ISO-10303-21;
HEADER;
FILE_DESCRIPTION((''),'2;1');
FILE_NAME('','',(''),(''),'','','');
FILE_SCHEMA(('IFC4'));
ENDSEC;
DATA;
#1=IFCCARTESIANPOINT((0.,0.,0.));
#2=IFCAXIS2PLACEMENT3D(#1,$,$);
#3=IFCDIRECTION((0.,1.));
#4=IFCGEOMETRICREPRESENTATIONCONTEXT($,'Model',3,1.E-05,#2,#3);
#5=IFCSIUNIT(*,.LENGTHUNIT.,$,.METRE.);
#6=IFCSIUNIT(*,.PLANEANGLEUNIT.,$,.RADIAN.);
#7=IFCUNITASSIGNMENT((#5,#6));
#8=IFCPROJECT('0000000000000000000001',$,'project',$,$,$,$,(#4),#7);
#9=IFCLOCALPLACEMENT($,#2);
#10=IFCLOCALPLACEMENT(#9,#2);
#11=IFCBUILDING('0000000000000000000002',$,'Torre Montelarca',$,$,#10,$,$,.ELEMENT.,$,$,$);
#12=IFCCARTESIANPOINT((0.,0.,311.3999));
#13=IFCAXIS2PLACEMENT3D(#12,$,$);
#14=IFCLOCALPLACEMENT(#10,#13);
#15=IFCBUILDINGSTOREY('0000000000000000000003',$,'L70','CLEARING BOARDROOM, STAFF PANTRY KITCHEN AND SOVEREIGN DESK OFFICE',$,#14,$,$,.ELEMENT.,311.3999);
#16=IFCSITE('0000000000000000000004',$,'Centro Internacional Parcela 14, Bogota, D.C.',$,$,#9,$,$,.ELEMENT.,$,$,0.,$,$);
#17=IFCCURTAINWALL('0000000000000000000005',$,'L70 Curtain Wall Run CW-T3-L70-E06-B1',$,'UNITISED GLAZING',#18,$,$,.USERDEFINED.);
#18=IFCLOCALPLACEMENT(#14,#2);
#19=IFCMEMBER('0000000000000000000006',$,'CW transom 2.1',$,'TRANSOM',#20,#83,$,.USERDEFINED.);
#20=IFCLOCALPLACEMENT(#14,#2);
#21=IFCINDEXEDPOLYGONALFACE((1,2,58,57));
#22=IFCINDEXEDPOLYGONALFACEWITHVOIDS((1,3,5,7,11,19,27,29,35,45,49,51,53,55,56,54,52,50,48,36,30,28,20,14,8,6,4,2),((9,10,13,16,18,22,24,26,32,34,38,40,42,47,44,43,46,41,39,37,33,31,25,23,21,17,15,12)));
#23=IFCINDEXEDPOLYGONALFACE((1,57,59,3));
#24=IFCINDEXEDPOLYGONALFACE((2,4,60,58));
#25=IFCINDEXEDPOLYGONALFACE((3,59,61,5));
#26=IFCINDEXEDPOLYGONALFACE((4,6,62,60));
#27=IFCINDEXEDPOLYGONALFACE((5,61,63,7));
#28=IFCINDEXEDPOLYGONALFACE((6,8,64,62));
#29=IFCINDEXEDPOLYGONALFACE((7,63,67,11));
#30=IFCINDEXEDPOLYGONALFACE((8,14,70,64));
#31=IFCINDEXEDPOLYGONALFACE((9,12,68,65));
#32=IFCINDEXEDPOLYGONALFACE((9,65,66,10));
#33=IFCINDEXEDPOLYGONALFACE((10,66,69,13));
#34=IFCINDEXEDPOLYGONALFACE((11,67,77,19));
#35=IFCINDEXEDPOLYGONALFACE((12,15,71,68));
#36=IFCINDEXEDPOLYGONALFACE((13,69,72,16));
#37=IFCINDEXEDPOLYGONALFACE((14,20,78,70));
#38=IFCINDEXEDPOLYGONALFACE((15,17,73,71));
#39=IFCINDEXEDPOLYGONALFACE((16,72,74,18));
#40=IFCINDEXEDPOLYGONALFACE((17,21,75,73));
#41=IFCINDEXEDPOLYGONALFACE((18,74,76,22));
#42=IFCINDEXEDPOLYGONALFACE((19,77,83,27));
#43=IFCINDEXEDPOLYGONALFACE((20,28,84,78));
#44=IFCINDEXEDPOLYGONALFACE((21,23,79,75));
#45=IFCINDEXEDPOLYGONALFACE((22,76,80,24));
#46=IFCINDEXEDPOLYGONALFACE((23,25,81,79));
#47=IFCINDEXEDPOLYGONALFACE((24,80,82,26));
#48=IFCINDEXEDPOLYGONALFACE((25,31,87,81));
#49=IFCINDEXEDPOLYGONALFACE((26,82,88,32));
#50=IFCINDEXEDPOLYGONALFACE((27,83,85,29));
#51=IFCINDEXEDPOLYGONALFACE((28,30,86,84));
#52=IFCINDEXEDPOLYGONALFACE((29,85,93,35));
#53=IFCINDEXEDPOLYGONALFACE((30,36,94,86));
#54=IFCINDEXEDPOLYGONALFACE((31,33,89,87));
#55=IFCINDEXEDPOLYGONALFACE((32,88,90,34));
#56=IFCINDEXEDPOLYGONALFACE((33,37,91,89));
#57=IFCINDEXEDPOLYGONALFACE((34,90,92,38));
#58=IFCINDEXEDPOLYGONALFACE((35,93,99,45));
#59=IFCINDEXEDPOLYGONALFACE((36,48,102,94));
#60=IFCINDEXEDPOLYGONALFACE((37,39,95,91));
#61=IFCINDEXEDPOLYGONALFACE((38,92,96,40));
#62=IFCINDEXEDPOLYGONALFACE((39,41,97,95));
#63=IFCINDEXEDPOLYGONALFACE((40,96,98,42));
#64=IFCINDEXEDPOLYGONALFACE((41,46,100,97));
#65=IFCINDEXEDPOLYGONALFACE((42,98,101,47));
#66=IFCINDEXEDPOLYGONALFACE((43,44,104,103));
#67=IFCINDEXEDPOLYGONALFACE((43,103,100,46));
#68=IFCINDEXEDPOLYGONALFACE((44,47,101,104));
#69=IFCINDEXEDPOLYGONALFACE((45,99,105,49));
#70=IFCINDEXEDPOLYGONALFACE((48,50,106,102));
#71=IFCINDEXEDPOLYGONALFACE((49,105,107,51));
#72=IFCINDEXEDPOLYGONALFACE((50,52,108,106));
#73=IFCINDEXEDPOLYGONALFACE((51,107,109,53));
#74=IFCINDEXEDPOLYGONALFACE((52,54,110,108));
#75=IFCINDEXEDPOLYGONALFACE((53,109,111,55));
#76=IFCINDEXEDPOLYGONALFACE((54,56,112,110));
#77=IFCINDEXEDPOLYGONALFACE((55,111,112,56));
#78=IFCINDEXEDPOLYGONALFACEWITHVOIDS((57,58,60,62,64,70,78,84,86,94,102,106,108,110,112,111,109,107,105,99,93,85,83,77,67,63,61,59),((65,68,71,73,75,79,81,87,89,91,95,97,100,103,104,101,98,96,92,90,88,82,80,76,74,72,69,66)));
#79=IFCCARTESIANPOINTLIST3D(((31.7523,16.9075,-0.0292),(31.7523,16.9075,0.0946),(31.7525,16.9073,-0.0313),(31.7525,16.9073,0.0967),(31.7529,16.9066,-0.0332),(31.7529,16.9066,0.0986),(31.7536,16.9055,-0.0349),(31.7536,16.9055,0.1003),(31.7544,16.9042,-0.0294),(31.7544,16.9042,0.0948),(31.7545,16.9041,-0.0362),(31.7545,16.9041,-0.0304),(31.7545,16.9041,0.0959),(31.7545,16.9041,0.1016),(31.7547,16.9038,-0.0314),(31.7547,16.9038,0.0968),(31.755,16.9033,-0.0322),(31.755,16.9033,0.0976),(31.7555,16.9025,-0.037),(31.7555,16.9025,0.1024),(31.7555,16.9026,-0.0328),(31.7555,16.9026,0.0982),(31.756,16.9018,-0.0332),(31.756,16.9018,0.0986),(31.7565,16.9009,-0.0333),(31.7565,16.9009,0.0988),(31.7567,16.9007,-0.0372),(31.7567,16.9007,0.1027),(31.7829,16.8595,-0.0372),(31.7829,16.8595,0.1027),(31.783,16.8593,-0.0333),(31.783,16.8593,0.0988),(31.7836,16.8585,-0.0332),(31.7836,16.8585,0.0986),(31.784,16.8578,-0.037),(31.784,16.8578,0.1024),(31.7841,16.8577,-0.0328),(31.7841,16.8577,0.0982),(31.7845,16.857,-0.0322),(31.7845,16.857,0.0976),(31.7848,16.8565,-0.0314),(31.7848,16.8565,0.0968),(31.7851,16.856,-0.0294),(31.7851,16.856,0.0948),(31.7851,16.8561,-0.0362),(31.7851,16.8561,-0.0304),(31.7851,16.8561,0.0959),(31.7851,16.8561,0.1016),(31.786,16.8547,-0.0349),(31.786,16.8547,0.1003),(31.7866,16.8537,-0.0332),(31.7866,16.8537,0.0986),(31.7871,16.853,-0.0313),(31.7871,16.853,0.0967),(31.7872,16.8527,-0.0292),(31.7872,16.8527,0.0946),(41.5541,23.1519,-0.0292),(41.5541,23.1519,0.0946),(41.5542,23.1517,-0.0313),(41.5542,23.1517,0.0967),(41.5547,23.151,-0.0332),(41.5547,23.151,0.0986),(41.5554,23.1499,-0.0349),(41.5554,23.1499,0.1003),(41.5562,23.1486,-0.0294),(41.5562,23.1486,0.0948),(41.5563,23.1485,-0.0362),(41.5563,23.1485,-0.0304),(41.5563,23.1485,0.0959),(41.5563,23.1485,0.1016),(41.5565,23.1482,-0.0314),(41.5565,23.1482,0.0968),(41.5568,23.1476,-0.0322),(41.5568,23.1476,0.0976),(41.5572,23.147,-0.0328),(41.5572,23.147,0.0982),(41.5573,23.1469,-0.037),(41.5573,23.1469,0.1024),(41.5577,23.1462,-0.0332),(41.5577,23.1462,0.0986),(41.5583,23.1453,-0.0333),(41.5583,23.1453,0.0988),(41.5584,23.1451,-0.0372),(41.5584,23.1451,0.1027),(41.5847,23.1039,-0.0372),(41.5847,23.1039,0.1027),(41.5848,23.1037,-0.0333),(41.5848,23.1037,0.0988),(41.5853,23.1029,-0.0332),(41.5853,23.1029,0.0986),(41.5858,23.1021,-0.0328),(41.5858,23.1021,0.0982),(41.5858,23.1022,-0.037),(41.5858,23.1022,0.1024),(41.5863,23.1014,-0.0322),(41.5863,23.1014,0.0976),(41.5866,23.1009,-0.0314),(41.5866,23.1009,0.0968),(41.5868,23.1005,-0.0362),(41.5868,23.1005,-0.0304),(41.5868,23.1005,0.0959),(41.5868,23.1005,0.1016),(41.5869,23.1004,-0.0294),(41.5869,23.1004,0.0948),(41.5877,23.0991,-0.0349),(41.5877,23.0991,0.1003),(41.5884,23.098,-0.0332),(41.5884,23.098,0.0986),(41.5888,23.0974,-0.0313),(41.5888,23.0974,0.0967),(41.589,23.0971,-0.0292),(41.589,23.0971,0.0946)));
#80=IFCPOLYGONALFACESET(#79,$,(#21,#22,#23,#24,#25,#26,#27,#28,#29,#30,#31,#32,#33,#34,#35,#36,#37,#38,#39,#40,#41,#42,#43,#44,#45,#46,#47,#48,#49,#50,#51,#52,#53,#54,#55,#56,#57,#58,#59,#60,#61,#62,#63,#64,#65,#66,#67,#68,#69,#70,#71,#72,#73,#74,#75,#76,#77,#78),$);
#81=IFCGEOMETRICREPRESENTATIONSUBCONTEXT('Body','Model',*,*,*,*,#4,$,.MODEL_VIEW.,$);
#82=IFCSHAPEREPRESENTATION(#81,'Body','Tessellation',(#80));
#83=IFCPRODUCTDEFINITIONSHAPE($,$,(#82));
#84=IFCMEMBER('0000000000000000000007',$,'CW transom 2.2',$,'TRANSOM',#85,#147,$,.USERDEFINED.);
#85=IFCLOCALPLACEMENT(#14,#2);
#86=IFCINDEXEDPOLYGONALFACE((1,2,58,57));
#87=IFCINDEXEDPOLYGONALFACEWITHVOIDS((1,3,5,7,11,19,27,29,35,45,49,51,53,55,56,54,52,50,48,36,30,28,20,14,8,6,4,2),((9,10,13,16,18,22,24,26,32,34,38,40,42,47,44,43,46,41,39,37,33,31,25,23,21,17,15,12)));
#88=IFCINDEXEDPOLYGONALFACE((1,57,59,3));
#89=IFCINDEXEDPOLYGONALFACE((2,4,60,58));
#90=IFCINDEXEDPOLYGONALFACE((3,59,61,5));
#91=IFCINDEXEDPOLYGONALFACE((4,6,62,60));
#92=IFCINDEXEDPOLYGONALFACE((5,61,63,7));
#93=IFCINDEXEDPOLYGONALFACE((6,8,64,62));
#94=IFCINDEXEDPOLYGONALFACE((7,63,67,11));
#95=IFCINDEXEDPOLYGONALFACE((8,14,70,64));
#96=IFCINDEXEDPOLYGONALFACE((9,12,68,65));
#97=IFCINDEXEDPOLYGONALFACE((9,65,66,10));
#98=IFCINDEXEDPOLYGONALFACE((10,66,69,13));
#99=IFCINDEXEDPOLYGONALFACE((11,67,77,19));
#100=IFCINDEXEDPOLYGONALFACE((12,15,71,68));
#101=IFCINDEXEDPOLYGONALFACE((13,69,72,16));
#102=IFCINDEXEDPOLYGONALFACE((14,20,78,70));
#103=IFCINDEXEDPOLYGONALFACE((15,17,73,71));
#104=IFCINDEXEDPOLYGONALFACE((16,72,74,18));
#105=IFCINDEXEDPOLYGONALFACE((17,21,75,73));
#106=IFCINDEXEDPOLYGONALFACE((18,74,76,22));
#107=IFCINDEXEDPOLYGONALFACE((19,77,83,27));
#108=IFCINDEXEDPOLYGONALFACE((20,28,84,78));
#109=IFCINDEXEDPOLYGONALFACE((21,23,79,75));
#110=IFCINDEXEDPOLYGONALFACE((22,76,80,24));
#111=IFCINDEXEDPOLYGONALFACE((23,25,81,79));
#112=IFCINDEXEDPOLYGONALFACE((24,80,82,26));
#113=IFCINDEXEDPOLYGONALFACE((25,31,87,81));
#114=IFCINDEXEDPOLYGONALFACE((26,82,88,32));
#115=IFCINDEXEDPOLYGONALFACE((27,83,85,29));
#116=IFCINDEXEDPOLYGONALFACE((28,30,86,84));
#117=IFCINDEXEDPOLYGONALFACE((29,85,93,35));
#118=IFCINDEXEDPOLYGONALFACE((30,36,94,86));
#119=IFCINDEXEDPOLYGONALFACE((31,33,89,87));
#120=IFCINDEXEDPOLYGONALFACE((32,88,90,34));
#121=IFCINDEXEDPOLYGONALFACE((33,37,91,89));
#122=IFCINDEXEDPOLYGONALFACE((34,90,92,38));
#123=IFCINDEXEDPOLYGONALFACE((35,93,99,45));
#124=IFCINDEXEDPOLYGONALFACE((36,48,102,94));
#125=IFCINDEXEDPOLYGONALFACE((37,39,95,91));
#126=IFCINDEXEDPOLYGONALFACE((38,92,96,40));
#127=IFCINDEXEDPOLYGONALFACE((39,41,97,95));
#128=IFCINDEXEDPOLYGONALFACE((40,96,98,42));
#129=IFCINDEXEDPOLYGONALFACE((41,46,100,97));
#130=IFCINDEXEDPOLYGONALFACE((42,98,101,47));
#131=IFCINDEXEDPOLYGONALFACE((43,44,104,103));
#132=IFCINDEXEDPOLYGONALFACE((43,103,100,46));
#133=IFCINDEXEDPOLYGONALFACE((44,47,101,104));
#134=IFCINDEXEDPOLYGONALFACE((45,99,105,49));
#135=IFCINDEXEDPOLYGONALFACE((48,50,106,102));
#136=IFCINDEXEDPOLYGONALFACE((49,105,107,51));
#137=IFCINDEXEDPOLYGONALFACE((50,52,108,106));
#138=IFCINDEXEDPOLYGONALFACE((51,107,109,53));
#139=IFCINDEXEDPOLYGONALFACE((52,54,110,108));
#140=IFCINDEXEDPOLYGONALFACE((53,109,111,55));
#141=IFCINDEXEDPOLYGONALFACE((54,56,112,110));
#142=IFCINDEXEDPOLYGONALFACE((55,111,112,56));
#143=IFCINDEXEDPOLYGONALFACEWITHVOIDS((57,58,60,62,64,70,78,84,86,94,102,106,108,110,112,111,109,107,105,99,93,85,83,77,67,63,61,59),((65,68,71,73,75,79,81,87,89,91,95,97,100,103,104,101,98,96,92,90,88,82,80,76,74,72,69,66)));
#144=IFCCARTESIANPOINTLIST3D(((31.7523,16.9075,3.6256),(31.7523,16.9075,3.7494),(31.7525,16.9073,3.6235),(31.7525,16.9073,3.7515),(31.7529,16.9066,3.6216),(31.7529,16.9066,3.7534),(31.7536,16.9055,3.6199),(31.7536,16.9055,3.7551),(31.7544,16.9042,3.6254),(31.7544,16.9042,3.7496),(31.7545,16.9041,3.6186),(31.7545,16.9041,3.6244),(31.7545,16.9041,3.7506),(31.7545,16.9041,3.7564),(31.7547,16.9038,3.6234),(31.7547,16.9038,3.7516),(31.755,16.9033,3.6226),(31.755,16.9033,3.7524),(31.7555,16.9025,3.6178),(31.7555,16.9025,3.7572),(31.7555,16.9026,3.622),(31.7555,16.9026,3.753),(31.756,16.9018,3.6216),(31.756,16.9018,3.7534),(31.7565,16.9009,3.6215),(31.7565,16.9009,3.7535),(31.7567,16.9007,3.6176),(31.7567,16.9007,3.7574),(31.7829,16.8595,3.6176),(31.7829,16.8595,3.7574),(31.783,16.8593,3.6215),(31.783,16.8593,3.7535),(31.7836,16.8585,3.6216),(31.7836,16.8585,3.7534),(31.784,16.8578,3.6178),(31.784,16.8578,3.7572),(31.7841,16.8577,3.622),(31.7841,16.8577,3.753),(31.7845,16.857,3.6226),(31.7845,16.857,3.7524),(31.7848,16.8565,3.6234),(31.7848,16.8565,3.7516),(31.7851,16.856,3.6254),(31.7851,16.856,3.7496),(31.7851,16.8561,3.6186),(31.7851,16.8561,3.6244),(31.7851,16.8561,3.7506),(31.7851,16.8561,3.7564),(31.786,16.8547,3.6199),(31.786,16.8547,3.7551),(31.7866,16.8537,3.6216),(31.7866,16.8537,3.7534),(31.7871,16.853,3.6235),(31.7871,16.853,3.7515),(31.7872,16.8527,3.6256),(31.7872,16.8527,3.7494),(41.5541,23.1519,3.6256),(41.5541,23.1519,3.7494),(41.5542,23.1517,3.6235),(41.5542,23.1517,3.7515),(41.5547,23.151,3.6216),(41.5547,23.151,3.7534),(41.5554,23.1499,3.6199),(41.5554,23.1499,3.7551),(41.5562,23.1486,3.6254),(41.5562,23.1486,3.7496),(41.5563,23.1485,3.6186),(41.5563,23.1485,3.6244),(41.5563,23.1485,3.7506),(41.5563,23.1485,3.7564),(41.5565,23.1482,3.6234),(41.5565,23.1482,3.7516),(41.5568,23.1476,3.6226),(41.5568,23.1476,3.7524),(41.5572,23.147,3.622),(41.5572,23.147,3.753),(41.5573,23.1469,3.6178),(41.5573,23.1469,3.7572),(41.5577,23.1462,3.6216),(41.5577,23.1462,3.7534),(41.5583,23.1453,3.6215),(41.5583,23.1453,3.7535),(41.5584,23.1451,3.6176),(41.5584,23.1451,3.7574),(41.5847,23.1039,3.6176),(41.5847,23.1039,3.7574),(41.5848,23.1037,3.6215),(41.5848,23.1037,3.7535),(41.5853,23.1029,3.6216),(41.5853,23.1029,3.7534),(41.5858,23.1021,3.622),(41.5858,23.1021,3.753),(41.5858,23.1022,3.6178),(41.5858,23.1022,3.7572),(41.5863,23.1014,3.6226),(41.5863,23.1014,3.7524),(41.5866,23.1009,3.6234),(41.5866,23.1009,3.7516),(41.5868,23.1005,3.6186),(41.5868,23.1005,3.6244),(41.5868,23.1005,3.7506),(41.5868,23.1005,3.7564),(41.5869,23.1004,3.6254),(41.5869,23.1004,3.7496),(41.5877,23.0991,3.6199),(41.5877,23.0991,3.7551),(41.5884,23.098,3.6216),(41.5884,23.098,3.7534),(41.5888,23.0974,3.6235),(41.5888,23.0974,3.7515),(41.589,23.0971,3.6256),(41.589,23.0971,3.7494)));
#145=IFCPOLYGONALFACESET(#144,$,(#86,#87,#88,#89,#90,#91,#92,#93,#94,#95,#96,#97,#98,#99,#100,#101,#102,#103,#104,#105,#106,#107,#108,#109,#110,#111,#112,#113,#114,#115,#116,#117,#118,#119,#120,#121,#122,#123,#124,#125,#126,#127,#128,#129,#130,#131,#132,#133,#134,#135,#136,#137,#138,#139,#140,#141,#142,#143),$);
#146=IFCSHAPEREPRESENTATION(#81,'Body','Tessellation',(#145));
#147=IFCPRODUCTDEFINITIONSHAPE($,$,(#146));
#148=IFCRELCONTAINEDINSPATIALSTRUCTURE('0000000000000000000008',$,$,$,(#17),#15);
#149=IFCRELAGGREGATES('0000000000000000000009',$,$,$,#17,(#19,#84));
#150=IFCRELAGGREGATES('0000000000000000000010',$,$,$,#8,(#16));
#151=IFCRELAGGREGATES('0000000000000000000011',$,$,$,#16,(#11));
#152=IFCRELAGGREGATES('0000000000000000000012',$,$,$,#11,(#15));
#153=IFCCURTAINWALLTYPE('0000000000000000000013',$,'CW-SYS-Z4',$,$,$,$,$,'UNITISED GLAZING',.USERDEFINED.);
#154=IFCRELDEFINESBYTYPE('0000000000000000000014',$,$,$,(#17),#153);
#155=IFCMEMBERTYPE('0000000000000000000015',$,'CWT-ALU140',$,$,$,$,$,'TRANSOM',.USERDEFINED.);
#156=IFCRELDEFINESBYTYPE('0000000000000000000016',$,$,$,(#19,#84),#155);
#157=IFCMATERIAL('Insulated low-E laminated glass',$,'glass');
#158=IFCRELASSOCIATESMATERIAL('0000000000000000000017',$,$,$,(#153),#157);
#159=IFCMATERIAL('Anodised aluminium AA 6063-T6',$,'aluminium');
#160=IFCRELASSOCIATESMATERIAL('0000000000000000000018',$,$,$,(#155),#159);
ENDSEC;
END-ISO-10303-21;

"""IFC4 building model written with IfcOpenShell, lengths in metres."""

from ifc_helpers import new_model, si_unit, direction, frame, origin, origin_2d, place, context, subcontext, project, spatial, hollow_rectangle, extrude, source, transform, mapped, material, material_profile, profile_set, type_object, element, aggregate, save


model = new_model("IFC4")

# Units and contexts
model_context = context("Model", 3, precision=1e-05, world=origin(), true_north=direction((0.0, 1.0)))
body_context = subcontext(model_context, "Body", "Model", "MODEL_VIEW")
ifc_project = project(units=[si_unit("LENGTHUNIT", "METRE"), si_unit("PLANEANGLEUNIT", "RADIAN")], contexts=[model_context])

# Site, building, storey
site_placement = place(None, origin())
site = spatial("IfcSite", under=ifc_project, at=site_placement, Name="Centro Internacional Parcela 14, Bogota, D.C.", CompositionType="ELEMENT", RefElevation=0.0)
building_placement = place(site_placement, origin())
building = spatial("IfcBuilding", under=site, at=building_placement, Name="Torre Montelarca", CompositionType="ELEMENT")
storey_placement = place(building_placement, frame((0.0, 0.0, 311.3999)))
storey = spatial("IfcBuildingStorey", under=building, at=storey_placement, Name="L70", Description="CLEARING BOARDROOM, STAFF PANTRY KITCHEN AND SOVEREIGN DESK OFFICE", CompositionType="ELEMENT", Elevation=311.3999)

# Curtain wall
ifc_material_1 = material(Name="Insulated low-E laminated glass", Category="glass")
curtain_wall_type = type_object("IfcCurtainWallType", Name="CW-SYS-Z4", ElementType="UNITISED GLAZING", PredefinedType="USERDEFINED", material=ifc_material_1)
curtain_wall_1_placement = place(storey_placement, origin())
curtain_wall_1 = element("IfcCurtainWall", 1, at=curtain_wall_1_placement, inside=storey, type_object=curtain_wall_type, Name="L70 Curtain Wall Run CW-T3-L70-E06-B1", ObjectType="UNITISED GLAZING", PredefinedType="USERDEFINED")
ifc_material_2 = material(Name="Anodised aluminium AA 6063-T6", Category="aluminium")

# Members
ifc_material_profile_1 = material_profile(ifc_material_2, hollow_rectangle(XDim=0.0649, YDim=0.1399, WallThickness=0.0039, InnerFilletRadius=0.0039, OuterFilletRadius=0.0081, at=origin_2d()), Name="ALU65X140X4", Category="aluminium")
ifc_profile_set_1 = profile_set([ifc_material_profile_1], Name="Anodised aluminium AA 6063-T6")
member_type_1 = type_object("IfcMemberType", Name="CWT-ALU140", ElementType="TRANSOM", PredefinedType="USERDEFINED", material=ifc_profile_set_1)
shared_shape_1 = source(origin(), body_context, "Body", "SweptSolid", [
    extrude(hollow_rectangle(XDim=0.0649, YDim=0.1399, WallThickness=0.0039, InnerFilletRadius=0.0039, OuterFilletRadius=0.0081, at=origin_2d()), origin(), (0.0, 0.0, 1.0), 11.6218),
])
member_1_placement = place(storey_placement, frame((31.7698, 16.8801, 0.0327), z_axis=(0.843392, 0.537298, 0.0), x_axis=(-0.537298, 0.843392, 0.0)))
member_1 = element("IfcMember", 2, at=member_1_placement, type_object=member_type_1, Name="CW transom 2.1", ObjectType="TRANSOM", PredefinedType="USERDEFINED", context=body_context, shape_type="MappedRepresentation", body=[
    mapped(shared_shape_1, transform((0.0, 0.0, 0.0), scale=1.0)),
])
member_2_placement = place(storey_placement, frame((31.7698, 16.8801, 3.6875), z_axis=(0.843392, 0.537298, 0.0), x_axis=(-0.537298, 0.843392, 0.0)))
member_2 = element("IfcMember", 3, at=member_2_placement, type_object=member_type_1, Name="CW transom 2.2", ObjectType="TRANSOM", PredefinedType="USERDEFINED", context=body_context, shape_type="MappedRepresentation", body=[
    mapped(shared_shape_1, transform((0.0, 0.0, 0.0), scale=1.0)),
])

aggregate(curtain_wall_1, [member_1, member_2])

save(model, "model.ifc")
